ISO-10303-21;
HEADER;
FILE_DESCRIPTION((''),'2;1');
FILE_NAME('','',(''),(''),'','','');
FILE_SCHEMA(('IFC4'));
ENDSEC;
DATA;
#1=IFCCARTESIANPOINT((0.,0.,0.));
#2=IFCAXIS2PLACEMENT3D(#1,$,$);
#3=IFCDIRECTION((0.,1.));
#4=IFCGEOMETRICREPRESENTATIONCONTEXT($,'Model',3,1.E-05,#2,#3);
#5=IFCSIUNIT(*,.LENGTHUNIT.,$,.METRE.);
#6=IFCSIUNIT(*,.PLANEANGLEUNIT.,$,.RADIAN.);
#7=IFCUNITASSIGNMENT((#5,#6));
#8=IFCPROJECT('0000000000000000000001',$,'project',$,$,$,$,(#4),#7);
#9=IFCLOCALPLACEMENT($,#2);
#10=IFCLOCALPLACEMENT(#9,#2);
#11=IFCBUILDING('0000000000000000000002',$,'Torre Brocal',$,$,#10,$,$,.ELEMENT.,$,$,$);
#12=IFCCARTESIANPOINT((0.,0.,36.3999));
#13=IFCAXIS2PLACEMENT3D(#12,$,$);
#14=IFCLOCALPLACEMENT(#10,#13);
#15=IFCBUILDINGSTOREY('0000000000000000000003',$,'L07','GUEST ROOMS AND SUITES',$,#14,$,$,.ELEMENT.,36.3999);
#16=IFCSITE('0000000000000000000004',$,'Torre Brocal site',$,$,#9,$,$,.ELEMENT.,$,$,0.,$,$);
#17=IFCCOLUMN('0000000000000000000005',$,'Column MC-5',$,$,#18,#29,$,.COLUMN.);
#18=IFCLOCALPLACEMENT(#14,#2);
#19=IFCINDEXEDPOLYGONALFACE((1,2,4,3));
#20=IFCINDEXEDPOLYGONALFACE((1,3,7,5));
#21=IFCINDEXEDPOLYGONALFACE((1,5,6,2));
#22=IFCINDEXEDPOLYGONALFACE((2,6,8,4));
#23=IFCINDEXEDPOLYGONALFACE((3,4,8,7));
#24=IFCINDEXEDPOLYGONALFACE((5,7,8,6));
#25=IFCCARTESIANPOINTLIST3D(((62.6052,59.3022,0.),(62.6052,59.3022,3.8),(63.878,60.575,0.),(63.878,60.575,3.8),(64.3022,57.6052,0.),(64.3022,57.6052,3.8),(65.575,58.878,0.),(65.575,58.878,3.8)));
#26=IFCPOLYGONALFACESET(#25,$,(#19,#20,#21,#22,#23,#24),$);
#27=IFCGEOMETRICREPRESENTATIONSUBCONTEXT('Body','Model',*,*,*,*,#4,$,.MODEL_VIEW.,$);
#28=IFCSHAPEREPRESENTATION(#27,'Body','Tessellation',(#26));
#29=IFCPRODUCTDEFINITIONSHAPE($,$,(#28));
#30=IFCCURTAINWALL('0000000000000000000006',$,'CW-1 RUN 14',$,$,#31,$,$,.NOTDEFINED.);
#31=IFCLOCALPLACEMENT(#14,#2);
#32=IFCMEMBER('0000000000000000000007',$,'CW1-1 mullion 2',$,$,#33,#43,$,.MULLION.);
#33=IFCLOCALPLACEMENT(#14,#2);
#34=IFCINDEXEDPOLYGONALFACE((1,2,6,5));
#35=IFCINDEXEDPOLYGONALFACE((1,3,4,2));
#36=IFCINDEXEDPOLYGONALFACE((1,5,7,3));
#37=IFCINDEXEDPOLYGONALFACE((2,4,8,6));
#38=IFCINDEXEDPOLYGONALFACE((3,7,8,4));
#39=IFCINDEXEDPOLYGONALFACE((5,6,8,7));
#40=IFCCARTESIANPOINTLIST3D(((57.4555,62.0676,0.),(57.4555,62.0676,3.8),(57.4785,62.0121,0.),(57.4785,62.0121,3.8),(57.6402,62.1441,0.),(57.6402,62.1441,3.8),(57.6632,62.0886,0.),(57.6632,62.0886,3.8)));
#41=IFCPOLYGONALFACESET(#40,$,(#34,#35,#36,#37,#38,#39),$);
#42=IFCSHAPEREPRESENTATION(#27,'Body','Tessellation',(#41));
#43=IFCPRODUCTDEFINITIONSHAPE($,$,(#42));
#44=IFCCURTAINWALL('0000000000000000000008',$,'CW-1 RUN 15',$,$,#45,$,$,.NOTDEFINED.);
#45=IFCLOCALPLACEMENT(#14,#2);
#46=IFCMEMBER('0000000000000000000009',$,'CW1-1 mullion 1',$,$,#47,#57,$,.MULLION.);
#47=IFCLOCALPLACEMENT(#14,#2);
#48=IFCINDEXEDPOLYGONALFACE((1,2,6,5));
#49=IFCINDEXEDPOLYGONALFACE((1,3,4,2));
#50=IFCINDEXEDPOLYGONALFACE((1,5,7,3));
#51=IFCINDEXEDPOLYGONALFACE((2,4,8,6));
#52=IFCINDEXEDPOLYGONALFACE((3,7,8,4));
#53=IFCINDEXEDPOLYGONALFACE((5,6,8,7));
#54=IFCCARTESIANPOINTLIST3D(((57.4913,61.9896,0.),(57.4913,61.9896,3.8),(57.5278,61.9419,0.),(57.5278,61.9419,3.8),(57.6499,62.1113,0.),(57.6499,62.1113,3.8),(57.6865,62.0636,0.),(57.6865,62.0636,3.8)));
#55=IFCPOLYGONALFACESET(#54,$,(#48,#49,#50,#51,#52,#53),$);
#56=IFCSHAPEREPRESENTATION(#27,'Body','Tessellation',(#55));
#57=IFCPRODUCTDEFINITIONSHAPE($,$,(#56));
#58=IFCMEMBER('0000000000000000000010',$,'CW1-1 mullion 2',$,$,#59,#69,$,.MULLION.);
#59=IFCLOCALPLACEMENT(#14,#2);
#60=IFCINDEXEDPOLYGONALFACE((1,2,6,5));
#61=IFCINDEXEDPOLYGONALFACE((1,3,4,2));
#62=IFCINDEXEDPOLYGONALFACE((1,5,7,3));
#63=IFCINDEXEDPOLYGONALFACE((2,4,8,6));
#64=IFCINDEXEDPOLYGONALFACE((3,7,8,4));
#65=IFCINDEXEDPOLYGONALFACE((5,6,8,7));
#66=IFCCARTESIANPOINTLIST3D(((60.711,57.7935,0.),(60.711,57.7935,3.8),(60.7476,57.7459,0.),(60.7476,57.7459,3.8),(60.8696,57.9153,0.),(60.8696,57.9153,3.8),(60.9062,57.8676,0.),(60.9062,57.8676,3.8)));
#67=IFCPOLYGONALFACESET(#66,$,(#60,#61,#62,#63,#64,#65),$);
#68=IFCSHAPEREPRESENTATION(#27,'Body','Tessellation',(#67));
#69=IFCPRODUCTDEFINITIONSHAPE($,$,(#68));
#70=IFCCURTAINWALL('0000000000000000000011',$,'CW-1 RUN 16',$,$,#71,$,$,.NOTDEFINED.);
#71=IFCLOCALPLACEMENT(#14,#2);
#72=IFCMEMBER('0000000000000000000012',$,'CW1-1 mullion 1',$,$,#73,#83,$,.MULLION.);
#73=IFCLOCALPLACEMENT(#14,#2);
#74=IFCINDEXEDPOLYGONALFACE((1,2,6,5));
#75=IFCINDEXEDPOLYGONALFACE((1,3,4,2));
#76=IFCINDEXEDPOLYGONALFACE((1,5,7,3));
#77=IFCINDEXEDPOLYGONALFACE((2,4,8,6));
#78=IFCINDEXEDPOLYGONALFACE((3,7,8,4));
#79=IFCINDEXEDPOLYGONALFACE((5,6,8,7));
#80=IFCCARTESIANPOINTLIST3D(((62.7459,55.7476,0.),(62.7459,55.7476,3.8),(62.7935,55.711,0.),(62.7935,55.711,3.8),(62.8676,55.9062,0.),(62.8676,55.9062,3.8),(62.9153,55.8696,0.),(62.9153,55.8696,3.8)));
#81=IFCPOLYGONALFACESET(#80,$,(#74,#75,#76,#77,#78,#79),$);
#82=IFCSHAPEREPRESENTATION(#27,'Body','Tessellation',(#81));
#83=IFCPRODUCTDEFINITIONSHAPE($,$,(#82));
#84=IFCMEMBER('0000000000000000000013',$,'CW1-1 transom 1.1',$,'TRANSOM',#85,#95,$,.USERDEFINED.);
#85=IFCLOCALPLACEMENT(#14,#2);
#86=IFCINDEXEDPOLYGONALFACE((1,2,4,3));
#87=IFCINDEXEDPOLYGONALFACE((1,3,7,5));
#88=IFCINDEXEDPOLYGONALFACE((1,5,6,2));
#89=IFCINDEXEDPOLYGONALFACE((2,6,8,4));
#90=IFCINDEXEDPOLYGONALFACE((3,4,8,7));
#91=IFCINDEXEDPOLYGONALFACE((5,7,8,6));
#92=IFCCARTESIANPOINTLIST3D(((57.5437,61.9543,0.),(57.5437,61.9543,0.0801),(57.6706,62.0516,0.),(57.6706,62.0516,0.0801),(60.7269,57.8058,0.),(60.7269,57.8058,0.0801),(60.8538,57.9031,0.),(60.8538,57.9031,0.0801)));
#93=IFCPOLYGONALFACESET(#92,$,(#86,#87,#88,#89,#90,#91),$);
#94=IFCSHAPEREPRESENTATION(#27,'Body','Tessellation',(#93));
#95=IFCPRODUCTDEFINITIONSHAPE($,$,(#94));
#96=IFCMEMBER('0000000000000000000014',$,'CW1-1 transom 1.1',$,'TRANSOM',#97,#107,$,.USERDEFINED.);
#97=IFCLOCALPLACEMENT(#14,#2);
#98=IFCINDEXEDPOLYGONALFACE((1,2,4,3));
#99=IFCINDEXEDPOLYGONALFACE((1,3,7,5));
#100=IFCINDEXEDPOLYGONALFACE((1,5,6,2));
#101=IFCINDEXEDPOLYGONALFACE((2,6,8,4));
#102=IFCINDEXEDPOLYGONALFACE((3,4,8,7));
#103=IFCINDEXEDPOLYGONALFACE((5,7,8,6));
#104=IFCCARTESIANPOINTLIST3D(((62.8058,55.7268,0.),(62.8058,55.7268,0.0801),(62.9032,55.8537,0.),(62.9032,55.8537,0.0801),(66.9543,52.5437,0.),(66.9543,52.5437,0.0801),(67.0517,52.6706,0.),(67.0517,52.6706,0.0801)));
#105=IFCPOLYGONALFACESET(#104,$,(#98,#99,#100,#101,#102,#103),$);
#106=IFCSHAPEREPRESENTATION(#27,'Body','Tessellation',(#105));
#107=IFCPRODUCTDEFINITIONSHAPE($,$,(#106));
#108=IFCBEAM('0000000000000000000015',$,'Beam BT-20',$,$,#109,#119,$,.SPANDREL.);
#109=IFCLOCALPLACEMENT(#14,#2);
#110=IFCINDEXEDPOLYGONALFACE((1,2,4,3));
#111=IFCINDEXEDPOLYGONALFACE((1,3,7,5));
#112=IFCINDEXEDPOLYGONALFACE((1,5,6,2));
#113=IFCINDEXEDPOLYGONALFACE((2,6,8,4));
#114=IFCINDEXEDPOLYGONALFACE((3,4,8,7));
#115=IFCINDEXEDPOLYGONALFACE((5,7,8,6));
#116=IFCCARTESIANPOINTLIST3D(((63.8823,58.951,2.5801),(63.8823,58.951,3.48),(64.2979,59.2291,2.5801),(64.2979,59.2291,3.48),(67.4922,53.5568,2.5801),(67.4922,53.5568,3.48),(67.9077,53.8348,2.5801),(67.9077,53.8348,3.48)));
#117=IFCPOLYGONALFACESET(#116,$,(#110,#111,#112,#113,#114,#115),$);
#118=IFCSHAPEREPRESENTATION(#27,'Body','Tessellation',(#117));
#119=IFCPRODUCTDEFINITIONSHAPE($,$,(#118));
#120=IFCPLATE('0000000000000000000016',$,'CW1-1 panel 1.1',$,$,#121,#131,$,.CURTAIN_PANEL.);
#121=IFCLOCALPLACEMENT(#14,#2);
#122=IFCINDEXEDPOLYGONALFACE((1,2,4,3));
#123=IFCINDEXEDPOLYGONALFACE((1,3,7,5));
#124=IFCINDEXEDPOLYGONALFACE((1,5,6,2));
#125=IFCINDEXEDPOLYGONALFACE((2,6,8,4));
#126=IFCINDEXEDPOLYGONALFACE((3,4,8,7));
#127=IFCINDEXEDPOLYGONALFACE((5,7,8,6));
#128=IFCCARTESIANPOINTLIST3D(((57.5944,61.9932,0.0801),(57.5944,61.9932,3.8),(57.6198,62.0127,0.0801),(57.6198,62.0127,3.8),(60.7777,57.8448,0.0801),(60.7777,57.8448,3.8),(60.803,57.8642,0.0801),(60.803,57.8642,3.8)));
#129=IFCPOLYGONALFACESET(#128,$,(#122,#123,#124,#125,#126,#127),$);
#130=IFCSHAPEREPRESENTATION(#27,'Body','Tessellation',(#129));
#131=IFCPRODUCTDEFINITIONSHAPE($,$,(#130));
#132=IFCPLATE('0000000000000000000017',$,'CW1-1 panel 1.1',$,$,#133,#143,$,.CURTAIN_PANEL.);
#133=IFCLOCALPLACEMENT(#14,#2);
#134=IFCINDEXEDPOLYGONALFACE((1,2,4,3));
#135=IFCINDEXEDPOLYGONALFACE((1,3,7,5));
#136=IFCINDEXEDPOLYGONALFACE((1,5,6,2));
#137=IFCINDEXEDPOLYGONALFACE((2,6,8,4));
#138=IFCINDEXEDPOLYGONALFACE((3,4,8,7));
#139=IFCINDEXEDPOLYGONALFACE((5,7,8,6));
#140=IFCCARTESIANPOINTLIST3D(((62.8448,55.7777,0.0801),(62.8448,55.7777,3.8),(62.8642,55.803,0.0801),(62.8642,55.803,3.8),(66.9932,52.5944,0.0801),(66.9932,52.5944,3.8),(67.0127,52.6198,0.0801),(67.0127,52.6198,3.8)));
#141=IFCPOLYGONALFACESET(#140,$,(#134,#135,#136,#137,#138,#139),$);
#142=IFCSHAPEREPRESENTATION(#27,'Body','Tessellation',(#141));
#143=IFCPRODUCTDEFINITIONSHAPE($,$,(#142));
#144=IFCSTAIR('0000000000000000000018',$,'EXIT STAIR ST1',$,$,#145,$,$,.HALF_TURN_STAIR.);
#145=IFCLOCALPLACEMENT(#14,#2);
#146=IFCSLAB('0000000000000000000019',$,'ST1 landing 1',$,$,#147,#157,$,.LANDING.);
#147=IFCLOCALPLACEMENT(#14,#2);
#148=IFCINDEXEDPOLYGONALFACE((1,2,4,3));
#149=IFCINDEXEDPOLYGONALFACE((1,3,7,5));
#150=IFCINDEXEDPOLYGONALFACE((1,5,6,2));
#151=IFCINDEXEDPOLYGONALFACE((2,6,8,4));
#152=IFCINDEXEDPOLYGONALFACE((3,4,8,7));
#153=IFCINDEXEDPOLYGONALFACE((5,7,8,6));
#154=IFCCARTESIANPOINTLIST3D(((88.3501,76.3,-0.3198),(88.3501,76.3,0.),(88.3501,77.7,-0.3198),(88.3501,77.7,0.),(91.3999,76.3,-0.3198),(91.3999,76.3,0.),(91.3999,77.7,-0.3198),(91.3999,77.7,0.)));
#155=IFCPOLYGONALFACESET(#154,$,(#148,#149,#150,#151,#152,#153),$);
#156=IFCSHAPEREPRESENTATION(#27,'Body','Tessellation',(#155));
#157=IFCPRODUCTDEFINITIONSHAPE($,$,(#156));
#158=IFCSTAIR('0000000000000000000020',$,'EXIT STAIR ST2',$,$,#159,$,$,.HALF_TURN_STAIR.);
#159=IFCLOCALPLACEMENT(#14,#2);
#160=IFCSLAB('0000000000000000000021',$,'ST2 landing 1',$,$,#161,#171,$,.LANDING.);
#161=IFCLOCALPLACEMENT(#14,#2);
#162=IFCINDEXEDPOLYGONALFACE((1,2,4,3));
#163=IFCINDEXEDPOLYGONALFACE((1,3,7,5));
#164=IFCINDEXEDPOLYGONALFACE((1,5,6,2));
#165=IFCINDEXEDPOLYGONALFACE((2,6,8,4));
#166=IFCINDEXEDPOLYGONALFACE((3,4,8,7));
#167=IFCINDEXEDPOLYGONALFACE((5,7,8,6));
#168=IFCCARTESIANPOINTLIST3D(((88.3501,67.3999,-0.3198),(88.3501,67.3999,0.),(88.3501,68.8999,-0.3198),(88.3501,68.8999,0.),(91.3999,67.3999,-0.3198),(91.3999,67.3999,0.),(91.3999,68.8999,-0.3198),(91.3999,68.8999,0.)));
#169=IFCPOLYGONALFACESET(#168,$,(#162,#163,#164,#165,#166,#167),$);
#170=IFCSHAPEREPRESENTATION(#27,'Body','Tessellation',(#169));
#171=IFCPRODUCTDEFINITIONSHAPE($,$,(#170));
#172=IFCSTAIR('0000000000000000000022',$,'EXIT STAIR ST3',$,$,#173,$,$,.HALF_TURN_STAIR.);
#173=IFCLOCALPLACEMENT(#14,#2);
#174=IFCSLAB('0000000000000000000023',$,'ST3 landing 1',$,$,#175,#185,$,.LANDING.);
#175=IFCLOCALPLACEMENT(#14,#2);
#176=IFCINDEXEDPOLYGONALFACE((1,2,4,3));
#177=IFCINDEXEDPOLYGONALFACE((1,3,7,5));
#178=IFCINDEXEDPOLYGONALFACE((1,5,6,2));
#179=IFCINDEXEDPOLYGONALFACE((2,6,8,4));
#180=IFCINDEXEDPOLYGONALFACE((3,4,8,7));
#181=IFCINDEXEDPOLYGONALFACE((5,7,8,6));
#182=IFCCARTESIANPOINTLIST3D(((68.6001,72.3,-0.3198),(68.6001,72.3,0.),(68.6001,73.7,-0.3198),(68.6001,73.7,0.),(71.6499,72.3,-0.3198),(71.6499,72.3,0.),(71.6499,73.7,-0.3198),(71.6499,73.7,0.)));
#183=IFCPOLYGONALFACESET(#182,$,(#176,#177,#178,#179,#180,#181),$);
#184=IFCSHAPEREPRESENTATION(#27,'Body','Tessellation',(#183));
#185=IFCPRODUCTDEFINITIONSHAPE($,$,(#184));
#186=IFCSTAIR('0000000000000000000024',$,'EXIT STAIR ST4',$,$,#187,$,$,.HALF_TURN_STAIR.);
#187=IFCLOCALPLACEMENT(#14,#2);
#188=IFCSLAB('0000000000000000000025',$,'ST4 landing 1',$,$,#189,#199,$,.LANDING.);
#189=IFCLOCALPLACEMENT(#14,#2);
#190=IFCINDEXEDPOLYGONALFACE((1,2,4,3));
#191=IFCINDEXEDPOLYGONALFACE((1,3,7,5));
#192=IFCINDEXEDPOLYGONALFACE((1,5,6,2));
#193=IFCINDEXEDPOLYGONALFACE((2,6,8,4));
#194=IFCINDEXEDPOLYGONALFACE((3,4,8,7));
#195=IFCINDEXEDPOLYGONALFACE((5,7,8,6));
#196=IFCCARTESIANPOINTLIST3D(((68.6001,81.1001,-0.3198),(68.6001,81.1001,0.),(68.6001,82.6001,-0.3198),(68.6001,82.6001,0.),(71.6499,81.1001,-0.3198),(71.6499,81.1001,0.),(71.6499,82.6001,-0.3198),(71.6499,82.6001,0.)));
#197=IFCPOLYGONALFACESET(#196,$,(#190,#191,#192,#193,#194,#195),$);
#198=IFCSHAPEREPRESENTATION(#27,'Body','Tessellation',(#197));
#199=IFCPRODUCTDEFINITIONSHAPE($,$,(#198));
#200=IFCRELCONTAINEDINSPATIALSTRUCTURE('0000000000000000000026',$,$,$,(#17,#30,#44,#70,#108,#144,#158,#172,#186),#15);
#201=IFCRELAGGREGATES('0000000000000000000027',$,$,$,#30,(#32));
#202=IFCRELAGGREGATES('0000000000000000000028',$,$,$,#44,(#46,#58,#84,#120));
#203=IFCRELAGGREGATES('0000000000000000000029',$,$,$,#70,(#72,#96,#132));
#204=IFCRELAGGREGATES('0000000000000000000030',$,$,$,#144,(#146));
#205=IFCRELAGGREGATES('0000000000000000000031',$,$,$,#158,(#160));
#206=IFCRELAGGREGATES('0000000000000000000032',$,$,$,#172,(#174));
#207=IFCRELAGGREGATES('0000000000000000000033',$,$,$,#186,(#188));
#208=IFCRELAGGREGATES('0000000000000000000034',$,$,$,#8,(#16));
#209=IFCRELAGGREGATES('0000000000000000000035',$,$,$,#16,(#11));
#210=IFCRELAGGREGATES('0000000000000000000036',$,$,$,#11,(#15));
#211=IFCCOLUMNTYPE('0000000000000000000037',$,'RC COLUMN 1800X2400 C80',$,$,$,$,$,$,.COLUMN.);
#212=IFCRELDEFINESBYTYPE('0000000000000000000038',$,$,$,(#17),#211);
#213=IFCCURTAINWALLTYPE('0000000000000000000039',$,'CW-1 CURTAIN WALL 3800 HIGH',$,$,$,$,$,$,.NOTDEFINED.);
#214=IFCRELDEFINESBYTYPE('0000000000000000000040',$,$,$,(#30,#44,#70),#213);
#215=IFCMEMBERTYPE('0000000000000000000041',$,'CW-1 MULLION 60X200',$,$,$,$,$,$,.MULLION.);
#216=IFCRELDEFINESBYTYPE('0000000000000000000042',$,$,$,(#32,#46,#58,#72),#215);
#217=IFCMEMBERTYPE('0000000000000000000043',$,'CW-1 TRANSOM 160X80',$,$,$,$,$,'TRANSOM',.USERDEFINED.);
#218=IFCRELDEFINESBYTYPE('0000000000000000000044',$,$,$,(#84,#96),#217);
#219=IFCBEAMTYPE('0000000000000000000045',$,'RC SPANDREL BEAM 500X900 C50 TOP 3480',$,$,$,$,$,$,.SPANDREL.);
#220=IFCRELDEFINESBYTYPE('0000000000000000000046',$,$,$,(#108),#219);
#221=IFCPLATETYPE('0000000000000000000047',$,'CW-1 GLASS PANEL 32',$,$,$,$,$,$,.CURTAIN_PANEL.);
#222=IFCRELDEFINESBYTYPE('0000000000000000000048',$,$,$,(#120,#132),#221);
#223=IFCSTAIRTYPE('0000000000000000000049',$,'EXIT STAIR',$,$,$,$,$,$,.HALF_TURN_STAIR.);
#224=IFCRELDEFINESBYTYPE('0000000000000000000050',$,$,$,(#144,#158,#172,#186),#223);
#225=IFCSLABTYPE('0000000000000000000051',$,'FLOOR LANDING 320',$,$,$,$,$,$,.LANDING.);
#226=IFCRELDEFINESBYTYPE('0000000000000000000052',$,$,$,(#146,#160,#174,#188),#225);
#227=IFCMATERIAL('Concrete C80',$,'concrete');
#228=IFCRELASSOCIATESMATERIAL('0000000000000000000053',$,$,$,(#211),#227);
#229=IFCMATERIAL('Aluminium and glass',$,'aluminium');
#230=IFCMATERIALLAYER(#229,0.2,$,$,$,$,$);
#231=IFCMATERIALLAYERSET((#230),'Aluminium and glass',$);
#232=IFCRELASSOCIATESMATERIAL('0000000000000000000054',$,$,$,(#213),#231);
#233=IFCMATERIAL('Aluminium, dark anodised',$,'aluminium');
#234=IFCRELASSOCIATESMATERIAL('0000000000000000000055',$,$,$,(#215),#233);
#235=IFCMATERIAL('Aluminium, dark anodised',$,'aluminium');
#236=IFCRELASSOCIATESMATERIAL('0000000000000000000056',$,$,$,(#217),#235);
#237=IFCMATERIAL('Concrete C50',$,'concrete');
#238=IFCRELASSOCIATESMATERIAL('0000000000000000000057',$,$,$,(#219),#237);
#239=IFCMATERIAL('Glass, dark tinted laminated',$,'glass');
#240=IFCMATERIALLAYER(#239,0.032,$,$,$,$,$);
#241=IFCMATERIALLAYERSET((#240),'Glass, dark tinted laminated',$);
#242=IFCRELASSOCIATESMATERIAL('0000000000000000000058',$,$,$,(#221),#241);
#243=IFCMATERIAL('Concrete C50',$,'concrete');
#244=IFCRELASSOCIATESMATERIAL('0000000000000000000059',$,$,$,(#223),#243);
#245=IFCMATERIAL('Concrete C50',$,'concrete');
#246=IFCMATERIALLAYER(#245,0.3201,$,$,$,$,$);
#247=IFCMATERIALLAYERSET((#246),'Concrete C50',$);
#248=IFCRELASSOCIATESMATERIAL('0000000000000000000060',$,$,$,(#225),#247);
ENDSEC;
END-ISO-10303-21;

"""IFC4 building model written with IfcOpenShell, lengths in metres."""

from ifc_helpers import new_model, si_unit, direction, frame, origin, origin_2d, place, context, subcontext, project, spatial, polyline, rectangle, outline, extrude, material, layer, layer_set, material_profile, profile_set, type_object, element, aggregate, save


model = new_model("IFC4")

# Units and contexts
model_context = context("Model", 3, precision=1e-05, world=origin(), true_north=direction((0.0, 1.0)))
body_context = subcontext(model_context, "Body", "Model", "MODEL_VIEW")
ifc_project = project(units=[si_unit("LENGTHUNIT", "METRE"), si_unit("PLANEANGLEUNIT", "RADIAN")], contexts=[model_context])

# Site, building, storey
site_placement = place(None, origin())
site = spatial("IfcSite", under=ifc_project, at=site_placement, Name="Torre Brocal site", CompositionType="ELEMENT", RefElevation=0.0)
building_placement = place(site_placement, origin())
building = spatial("IfcBuilding", under=site, at=building_placement, Name="Torre Brocal", CompositionType="ELEMENT")
storey_placement = place(building_placement, frame((0.0, 0.0, 36.3999)))
storey = spatial("IfcBuildingStorey", under=building, at=storey_placement, Name="L07", Description="GUEST ROOMS AND SUITES", CompositionType="ELEMENT", Elevation=36.3999)

# Column
ifc_material_1 = material(Name="Concrete C80", Category="concrete")
ifc_material_profile_1 = material_profile(ifc_material_1, rectangle(XDim=1.8, YDim=2.3999, at=origin_2d()), Name="RC 1800X2400")
ifc_profile_set_1 = profile_set([ifc_material_profile_1], Name="Concrete C80")
column_type = type_object("IfcColumnType", Name="RC COLUMN 1800X2400 C80", PredefinedType="COLUMN", material=ifc_profile_set_1)
column_placement = place(storey_placement, frame((64.0901, 59.0901, 0.0), z_axis=(0.0, 0.0, 1.0), x_axis=(-0.707107, -0.707107, 0.0)))
element("IfcColumn", 1, at=column_placement, inside=storey, type_object=column_type, Name="Column MC-5", PredefinedType="COLUMN", context=body_context, shape_type="SweptSolid", body=[
    extrude(rectangle(XDim=1.8, YDim=2.3999, at=origin_2d()), origin(), (0.0, 0.0, 1.0), 3.8),
])

# Curtain wall, member
ifc_material_2 = material(Name="Aluminium and glass", Category="aluminium")
ifc_layer_1 = layer(ifc_material_2, 0.2)
ifc_layer_set_1 = layer_set([ifc_layer_1], Name="Aluminium and glass")
curtain_wall_type = type_object("IfcCurtainWallType", Name="CW-1 CURTAIN WALL 3800 HIGH", PredefinedType="NOTDEFINED", material=ifc_layer_set_1)
curtain_wall_1_placement = place(storey_placement, origin())
curtain_wall_1 = element("IfcCurtainWall", 2, at=curtain_wall_1_placement, inside=storey, type_object=curtain_wall_type, Name="CW-1 RUN 14", PredefinedType="NOTDEFINED")
ifc_material_3 = material(Name="Aluminium, dark anodised", Category="aluminium")
ifc_material_profile_2 = material_profile(ifc_material_3, rectangle(XDim=0.2, YDim=0.0601, at=origin_2d()), Name="CW-1 MULLION 60X200")
ifc_profile_set_2 = profile_set([ifc_material_profile_2], Name="Aluminium, dark anodised")
member_type_1 = type_object("IfcMemberType", Name="CW-1 MULLION 60X200", PredefinedType="MULLION", material=ifc_profile_set_2)
member_1_placement = place(storey_placement, frame((57.5593, 62.0781, 0.0), z_axis=(0.0, 0.0, 1.0), x_axis=(0.92388, 0.382683, 0.0)))
member_1 = element("IfcMember", 3, at=member_1_placement, type_object=member_type_1, Name="CW1-1 mullion 2", PredefinedType="MULLION", context=body_context, shape_type="SweptSolid", body=[
    extrude(rectangle(XDim=0.2, YDim=0.0601, at=origin_2d()), origin(), (0.0, 0.0, 1.0), 3.8),
])
aggregate(curtain_wall_1, [member_1])

# Curtain wall, members
curtain_wall_2_placement = place(storey_placement, origin())
curtain_wall_2 = element("IfcCurtainWall", 4, at=curtain_wall_2_placement, inside=storey, type_object=curtain_wall_type, Name="CW-1 RUN 15", PredefinedType="NOTDEFINED")
member_2_placement = place(storey_placement, frame((57.5889, 62.0266, 0.0), z_axis=(0.0, 0.0, 1.0), x_axis=(0.793353, 0.608761, 0.0)))
member_2 = element("IfcMember", 5, at=member_2_placement, type_object=member_type_1, Name="CW1-1 mullion 1", PredefinedType="MULLION", context=body_context, shape_type="SweptSolid", body=[
    extrude(rectangle(XDim=0.2, YDim=0.0601, at=origin_2d()), origin(), (0.0, 0.0, 1.0), 3.8),
])
member_3_placement = place(storey_placement, frame((60.8086, 57.8306, 0.0), z_axis=(0.0, 0.0, 1.0), x_axis=(0.793353, 0.608761, 0.0)))
member_3 = element("IfcMember", 6, at=member_3_placement, type_object=member_type_1, Name="CW1-1 mullion 2", PredefinedType="MULLION", context=body_context, shape_type="SweptSolid", body=[
    extrude(rectangle(XDim=0.2, YDim=0.0601, at=origin_2d()), origin(), (0.0, 0.0, 1.0), 3.8),
])

# Curtain wall, member
curtain_wall_3_placement = place(storey_placement, origin())
curtain_wall_3 = element("IfcCurtainWall", 7, at=curtain_wall_3_placement, inside=storey, type_object=curtain_wall_type, Name="CW-1 RUN 16", PredefinedType="NOTDEFINED")
member_4_placement = place(storey_placement, frame((62.8306, 55.8086, 0.0), z_axis=(0.0, 0.0, 1.0), x_axis=(0.608761, 0.793353, 0.0)))
member_4 = element("IfcMember", 8, at=member_4_placement, type_object=member_type_1, Name="CW1-1 mullion 1", PredefinedType="MULLION", context=body_context, shape_type="SweptSolid", body=[
    extrude(rectangle(XDim=0.2, YDim=0.0601, at=origin_2d()), origin(), (0.0, 0.0, 1.0), 3.8),
])

# Members
ifc_material_4 = material(Name="Aluminium, dark anodised", Category="aluminium")
ifc_material_profile_3 = material_profile(ifc_material_4, rectangle(XDim=0.1599, YDim=0.0801, at=origin_2d()), Name="CW-1 TRANSOM 160X80")
ifc_profile_set_3 = profile_set([ifc_material_profile_3], Name="Aluminium, dark anodised")
member_type_2 = type_object("IfcMemberType", Name="CW-1 TRANSOM 160X80", ElementType="TRANSOM", PredefinedType="USERDEFINED", material=ifc_profile_set_3)
member_5_placement = place(storey_placement, frame((57.6072, 62.0029, 0.04), z_axis=(0.608749, -0.793363, 0.0), x_axis=(0.793363, 0.608749, 0.0)))
member_5 = element("IfcMember", 9, at=member_5_placement, type_object=member_type_2, Name="CW1-1 transom 1.1", ObjectType="TRANSOM", PredefinedType="USERDEFINED", context=body_context, shape_type="SweptSolid", body=[
    extrude(rectangle(XDim=0.1599, YDim=0.0801, at=origin_2d()), origin(), (0.0, 0.0, 1.0), 5.229),
])
member_6_placement = place(storey_placement, frame((62.8545, 55.7903, 0.04), z_axis=(0.793363, -0.608749, 0.0), x_axis=(0.608749, 0.793363, 0.0)))
member_6 = element("IfcMember", 10, at=member_6_placement, type_object=member_type_2, Name="CW1-1 transom 1.1", ObjectType="TRANSOM", PredefinedType="USERDEFINED", context=body_context, shape_type="SweptSolid", body=[
    extrude(rectangle(XDim=0.1599, YDim=0.0801, at=origin_2d()), origin(), (0.0, 0.0, 1.0), 5.229),
])

# Beam
ifc_material_5 = material(Name="Concrete C50", Category="concrete")
ifc_material_profile_4 = material_profile(ifc_material_5, rectangle(XDim=0.5, YDim=0.8999, at=origin_2d()), Name="RC 500X900")
ifc_profile_set_4 = profile_set([ifc_material_profile_4], Name="Concrete C50")
beam_type = type_object("IfcBeamType", Name="RC SPANDREL BEAM 500X900 C50 TOP 3480", PredefinedType="SPANDREL", material=ifc_profile_set_4)
beam_placement = place(storey_placement, frame((64.0901, 59.0901, 3.03), z_axis=(0.556158, -0.831077, 0.0), x_axis=(0.831077, 0.556158, 0.0)))
element("IfcBeam", 11, at=beam_placement, inside=storey, type_object=beam_type, Name="Beam BT-20", PredefinedType="SPANDREL", context=body_context, shape_type="SweptSolid", body=[
    extrude(rectangle(XDim=0.5, YDim=0.8999, at=origin_2d()), origin(), (0.0, 0.0, 1.0), 6.4907),
])

# Plates
ifc_material_6 = material(Name="Glass, dark tinted laminated", Category="glass")
ifc_layer_2 = layer(ifc_material_6, 0.032)
ifc_layer_set_2 = layer_set([ifc_layer_2], Name="Glass, dark tinted laminated")
plate_type = type_object("IfcPlateType", Name="CW-1 GLASS PANEL 32", PredefinedType="CURTAIN_PANEL", material=ifc_layer_set_2)
plate_1_placement = place(storey_placement, frame((59.1987, 59.9287, 0.0801), z_axis=(0.0, 0.0, 1.0), x_axis=(0.608761, -0.793353, 0.0)))
plate_1 = element("IfcPlate", 12, at=plate_1_placement, type_object=plate_type, Name="CW1-1 panel 1.1", PredefinedType="CURTAIN_PANEL", context=body_context, shape_type="SweptSolid", body=[
    extrude(rectangle(XDim=5.229, YDim=0.032, at=origin_2d()), origin(), (0.0, 0.0, 1.0), 3.72),
])
aggregate(curtain_wall_2, [member_2, member_3, member_5, plate_1])
plate_2_placement = place(storey_placement, frame((64.9287, 54.1987, 0.0801), z_axis=(0.0, 0.0, 1.0), x_axis=(0.793353, -0.608761, 0.0)))
plate_2 = element("IfcPlate", 13, at=plate_2_placement, type_object=plate_type, Name="CW1-1 panel 1.1", PredefinedType="CURTAIN_PANEL", context=body_context, shape_type="SweptSolid", body=[
    extrude(rectangle(XDim=5.229, YDim=0.032, at=origin_2d()), origin(), (0.0, 0.0, 1.0), 3.72),
])
aggregate(curtain_wall_3, [member_4, member_6, plate_2])

# Stairs, slabs
ifc_material_7 = material(Name="Concrete C50", Category="concrete")
stair_type = type_object("IfcStairType", Name="EXIT STAIR", PredefinedType="HALF_TURN_STAIR", material=ifc_material_7)
stair_1_placement = place(storey_placement, origin())
stair_1 = element("IfcStair", 14, at=stair_1_placement, inside=storey, type_object=stair_type, Name="EXIT STAIR ST1", PredefinedType="HALF_TURN_STAIR")
ifc_material_8 = material(Name="Concrete C50", Category="concrete")
ifc_layer_3 = layer(ifc_material_8, 0.3201)
ifc_layer_set_3 = layer_set([ifc_layer_3], Name="Concrete C50")
slab_type_1 = type_object("IfcSlabType", Name="FLOOR LANDING 320", PredefinedType="LANDING", material=ifc_layer_set_3)
slab_1_placement = place(storey_placement, frame((0.0, 0.0, -0.3198)))
slab_1 = element("IfcSlab", 15, at=slab_1_placement, type_object=slab_type_1, Name="ST1 landing 1", PredefinedType="LANDING", context=body_context, shape_type="SweptSolid", body=[
    extrude(outline(polyline([(88.3501, 76.3), (91.3999, 76.3), (91.3999, 77.7), (88.3501, 77.7), (88.3501, 76.3)])), origin(), (0.0, 0.0, 1.0), 0.3198),
])
stair_2_placement = place(storey_placement, origin())
stair_2 = element("IfcStair", 16, at=stair_2_placement, inside=storey, type_object=stair_type, Name="EXIT STAIR ST2", PredefinedType="HALF_TURN_STAIR")
slab_2_placement = place(storey_placement, frame((0.0, 0.0, -0.3198)))
slab_2 = element("IfcSlab", 17, at=slab_2_placement, type_object=slab_type_1, Name="ST2 landing 1", PredefinedType="LANDING", context=body_context, shape_type="SweptSolid", body=[
    extrude(outline(polyline([(88.3501, 67.3999), (91.3999, 67.3999), (91.3999, 68.8999), (88.3501, 68.8999), (88.3501, 67.3999)])), origin(), (0.0, 0.0, 1.0), 0.3198),
])
stair_3_placement = place(storey_placement, origin())
stair_3 = element("IfcStair", 18, at=stair_3_placement, inside=storey, type_object=stair_type, Name="EXIT STAIR ST3", PredefinedType="HALF_TURN_STAIR")
slab_3_placement = place(storey_placement, frame((0.0, 0.0, -0.3198)))
slab_3 = element("IfcSlab", 19, at=slab_3_placement, type_object=slab_type_1, Name="ST3 landing 1", PredefinedType="LANDING", context=body_context, shape_type="SweptSolid", body=[
    extrude(outline(polyline([(71.6499, 73.7), (68.6001, 73.7), (68.6001, 72.3), (71.6499, 72.3), (71.6499, 73.7)])), origin(), (0.0, 0.0, 1.0), 0.3198),
])
stair_4_placement = place(storey_placement, origin())
stair_4 = element("IfcStair", 20, at=stair_4_placement, inside=storey, type_object=stair_type, Name="EXIT STAIR ST4", PredefinedType="HALF_TURN_STAIR")
slab_4_placement = place(storey_placement, frame((0.0, 0.0, -0.3198)))
slab_4 = element("IfcSlab", 21, at=slab_4_placement, type_object=slab_type_1, Name="ST4 landing 1", PredefinedType="LANDING", context=body_context, shape_type="SweptSolid", body=[
    extrude(outline(polyline([(71.6499, 82.6001), (68.6001, 82.6001), (68.6001, 81.1001), (71.6499, 81.1001), (71.6499, 82.6001)])), origin(), (0.0, 0.0, 1.0), 0.3198),
])

aggregate(stair_1, [slab_1])
aggregate(stair_2, [slab_2])
aggregate(stair_3, [slab_3])
aggregate(stair_4, [slab_4])

save(model, "model.ifc")
